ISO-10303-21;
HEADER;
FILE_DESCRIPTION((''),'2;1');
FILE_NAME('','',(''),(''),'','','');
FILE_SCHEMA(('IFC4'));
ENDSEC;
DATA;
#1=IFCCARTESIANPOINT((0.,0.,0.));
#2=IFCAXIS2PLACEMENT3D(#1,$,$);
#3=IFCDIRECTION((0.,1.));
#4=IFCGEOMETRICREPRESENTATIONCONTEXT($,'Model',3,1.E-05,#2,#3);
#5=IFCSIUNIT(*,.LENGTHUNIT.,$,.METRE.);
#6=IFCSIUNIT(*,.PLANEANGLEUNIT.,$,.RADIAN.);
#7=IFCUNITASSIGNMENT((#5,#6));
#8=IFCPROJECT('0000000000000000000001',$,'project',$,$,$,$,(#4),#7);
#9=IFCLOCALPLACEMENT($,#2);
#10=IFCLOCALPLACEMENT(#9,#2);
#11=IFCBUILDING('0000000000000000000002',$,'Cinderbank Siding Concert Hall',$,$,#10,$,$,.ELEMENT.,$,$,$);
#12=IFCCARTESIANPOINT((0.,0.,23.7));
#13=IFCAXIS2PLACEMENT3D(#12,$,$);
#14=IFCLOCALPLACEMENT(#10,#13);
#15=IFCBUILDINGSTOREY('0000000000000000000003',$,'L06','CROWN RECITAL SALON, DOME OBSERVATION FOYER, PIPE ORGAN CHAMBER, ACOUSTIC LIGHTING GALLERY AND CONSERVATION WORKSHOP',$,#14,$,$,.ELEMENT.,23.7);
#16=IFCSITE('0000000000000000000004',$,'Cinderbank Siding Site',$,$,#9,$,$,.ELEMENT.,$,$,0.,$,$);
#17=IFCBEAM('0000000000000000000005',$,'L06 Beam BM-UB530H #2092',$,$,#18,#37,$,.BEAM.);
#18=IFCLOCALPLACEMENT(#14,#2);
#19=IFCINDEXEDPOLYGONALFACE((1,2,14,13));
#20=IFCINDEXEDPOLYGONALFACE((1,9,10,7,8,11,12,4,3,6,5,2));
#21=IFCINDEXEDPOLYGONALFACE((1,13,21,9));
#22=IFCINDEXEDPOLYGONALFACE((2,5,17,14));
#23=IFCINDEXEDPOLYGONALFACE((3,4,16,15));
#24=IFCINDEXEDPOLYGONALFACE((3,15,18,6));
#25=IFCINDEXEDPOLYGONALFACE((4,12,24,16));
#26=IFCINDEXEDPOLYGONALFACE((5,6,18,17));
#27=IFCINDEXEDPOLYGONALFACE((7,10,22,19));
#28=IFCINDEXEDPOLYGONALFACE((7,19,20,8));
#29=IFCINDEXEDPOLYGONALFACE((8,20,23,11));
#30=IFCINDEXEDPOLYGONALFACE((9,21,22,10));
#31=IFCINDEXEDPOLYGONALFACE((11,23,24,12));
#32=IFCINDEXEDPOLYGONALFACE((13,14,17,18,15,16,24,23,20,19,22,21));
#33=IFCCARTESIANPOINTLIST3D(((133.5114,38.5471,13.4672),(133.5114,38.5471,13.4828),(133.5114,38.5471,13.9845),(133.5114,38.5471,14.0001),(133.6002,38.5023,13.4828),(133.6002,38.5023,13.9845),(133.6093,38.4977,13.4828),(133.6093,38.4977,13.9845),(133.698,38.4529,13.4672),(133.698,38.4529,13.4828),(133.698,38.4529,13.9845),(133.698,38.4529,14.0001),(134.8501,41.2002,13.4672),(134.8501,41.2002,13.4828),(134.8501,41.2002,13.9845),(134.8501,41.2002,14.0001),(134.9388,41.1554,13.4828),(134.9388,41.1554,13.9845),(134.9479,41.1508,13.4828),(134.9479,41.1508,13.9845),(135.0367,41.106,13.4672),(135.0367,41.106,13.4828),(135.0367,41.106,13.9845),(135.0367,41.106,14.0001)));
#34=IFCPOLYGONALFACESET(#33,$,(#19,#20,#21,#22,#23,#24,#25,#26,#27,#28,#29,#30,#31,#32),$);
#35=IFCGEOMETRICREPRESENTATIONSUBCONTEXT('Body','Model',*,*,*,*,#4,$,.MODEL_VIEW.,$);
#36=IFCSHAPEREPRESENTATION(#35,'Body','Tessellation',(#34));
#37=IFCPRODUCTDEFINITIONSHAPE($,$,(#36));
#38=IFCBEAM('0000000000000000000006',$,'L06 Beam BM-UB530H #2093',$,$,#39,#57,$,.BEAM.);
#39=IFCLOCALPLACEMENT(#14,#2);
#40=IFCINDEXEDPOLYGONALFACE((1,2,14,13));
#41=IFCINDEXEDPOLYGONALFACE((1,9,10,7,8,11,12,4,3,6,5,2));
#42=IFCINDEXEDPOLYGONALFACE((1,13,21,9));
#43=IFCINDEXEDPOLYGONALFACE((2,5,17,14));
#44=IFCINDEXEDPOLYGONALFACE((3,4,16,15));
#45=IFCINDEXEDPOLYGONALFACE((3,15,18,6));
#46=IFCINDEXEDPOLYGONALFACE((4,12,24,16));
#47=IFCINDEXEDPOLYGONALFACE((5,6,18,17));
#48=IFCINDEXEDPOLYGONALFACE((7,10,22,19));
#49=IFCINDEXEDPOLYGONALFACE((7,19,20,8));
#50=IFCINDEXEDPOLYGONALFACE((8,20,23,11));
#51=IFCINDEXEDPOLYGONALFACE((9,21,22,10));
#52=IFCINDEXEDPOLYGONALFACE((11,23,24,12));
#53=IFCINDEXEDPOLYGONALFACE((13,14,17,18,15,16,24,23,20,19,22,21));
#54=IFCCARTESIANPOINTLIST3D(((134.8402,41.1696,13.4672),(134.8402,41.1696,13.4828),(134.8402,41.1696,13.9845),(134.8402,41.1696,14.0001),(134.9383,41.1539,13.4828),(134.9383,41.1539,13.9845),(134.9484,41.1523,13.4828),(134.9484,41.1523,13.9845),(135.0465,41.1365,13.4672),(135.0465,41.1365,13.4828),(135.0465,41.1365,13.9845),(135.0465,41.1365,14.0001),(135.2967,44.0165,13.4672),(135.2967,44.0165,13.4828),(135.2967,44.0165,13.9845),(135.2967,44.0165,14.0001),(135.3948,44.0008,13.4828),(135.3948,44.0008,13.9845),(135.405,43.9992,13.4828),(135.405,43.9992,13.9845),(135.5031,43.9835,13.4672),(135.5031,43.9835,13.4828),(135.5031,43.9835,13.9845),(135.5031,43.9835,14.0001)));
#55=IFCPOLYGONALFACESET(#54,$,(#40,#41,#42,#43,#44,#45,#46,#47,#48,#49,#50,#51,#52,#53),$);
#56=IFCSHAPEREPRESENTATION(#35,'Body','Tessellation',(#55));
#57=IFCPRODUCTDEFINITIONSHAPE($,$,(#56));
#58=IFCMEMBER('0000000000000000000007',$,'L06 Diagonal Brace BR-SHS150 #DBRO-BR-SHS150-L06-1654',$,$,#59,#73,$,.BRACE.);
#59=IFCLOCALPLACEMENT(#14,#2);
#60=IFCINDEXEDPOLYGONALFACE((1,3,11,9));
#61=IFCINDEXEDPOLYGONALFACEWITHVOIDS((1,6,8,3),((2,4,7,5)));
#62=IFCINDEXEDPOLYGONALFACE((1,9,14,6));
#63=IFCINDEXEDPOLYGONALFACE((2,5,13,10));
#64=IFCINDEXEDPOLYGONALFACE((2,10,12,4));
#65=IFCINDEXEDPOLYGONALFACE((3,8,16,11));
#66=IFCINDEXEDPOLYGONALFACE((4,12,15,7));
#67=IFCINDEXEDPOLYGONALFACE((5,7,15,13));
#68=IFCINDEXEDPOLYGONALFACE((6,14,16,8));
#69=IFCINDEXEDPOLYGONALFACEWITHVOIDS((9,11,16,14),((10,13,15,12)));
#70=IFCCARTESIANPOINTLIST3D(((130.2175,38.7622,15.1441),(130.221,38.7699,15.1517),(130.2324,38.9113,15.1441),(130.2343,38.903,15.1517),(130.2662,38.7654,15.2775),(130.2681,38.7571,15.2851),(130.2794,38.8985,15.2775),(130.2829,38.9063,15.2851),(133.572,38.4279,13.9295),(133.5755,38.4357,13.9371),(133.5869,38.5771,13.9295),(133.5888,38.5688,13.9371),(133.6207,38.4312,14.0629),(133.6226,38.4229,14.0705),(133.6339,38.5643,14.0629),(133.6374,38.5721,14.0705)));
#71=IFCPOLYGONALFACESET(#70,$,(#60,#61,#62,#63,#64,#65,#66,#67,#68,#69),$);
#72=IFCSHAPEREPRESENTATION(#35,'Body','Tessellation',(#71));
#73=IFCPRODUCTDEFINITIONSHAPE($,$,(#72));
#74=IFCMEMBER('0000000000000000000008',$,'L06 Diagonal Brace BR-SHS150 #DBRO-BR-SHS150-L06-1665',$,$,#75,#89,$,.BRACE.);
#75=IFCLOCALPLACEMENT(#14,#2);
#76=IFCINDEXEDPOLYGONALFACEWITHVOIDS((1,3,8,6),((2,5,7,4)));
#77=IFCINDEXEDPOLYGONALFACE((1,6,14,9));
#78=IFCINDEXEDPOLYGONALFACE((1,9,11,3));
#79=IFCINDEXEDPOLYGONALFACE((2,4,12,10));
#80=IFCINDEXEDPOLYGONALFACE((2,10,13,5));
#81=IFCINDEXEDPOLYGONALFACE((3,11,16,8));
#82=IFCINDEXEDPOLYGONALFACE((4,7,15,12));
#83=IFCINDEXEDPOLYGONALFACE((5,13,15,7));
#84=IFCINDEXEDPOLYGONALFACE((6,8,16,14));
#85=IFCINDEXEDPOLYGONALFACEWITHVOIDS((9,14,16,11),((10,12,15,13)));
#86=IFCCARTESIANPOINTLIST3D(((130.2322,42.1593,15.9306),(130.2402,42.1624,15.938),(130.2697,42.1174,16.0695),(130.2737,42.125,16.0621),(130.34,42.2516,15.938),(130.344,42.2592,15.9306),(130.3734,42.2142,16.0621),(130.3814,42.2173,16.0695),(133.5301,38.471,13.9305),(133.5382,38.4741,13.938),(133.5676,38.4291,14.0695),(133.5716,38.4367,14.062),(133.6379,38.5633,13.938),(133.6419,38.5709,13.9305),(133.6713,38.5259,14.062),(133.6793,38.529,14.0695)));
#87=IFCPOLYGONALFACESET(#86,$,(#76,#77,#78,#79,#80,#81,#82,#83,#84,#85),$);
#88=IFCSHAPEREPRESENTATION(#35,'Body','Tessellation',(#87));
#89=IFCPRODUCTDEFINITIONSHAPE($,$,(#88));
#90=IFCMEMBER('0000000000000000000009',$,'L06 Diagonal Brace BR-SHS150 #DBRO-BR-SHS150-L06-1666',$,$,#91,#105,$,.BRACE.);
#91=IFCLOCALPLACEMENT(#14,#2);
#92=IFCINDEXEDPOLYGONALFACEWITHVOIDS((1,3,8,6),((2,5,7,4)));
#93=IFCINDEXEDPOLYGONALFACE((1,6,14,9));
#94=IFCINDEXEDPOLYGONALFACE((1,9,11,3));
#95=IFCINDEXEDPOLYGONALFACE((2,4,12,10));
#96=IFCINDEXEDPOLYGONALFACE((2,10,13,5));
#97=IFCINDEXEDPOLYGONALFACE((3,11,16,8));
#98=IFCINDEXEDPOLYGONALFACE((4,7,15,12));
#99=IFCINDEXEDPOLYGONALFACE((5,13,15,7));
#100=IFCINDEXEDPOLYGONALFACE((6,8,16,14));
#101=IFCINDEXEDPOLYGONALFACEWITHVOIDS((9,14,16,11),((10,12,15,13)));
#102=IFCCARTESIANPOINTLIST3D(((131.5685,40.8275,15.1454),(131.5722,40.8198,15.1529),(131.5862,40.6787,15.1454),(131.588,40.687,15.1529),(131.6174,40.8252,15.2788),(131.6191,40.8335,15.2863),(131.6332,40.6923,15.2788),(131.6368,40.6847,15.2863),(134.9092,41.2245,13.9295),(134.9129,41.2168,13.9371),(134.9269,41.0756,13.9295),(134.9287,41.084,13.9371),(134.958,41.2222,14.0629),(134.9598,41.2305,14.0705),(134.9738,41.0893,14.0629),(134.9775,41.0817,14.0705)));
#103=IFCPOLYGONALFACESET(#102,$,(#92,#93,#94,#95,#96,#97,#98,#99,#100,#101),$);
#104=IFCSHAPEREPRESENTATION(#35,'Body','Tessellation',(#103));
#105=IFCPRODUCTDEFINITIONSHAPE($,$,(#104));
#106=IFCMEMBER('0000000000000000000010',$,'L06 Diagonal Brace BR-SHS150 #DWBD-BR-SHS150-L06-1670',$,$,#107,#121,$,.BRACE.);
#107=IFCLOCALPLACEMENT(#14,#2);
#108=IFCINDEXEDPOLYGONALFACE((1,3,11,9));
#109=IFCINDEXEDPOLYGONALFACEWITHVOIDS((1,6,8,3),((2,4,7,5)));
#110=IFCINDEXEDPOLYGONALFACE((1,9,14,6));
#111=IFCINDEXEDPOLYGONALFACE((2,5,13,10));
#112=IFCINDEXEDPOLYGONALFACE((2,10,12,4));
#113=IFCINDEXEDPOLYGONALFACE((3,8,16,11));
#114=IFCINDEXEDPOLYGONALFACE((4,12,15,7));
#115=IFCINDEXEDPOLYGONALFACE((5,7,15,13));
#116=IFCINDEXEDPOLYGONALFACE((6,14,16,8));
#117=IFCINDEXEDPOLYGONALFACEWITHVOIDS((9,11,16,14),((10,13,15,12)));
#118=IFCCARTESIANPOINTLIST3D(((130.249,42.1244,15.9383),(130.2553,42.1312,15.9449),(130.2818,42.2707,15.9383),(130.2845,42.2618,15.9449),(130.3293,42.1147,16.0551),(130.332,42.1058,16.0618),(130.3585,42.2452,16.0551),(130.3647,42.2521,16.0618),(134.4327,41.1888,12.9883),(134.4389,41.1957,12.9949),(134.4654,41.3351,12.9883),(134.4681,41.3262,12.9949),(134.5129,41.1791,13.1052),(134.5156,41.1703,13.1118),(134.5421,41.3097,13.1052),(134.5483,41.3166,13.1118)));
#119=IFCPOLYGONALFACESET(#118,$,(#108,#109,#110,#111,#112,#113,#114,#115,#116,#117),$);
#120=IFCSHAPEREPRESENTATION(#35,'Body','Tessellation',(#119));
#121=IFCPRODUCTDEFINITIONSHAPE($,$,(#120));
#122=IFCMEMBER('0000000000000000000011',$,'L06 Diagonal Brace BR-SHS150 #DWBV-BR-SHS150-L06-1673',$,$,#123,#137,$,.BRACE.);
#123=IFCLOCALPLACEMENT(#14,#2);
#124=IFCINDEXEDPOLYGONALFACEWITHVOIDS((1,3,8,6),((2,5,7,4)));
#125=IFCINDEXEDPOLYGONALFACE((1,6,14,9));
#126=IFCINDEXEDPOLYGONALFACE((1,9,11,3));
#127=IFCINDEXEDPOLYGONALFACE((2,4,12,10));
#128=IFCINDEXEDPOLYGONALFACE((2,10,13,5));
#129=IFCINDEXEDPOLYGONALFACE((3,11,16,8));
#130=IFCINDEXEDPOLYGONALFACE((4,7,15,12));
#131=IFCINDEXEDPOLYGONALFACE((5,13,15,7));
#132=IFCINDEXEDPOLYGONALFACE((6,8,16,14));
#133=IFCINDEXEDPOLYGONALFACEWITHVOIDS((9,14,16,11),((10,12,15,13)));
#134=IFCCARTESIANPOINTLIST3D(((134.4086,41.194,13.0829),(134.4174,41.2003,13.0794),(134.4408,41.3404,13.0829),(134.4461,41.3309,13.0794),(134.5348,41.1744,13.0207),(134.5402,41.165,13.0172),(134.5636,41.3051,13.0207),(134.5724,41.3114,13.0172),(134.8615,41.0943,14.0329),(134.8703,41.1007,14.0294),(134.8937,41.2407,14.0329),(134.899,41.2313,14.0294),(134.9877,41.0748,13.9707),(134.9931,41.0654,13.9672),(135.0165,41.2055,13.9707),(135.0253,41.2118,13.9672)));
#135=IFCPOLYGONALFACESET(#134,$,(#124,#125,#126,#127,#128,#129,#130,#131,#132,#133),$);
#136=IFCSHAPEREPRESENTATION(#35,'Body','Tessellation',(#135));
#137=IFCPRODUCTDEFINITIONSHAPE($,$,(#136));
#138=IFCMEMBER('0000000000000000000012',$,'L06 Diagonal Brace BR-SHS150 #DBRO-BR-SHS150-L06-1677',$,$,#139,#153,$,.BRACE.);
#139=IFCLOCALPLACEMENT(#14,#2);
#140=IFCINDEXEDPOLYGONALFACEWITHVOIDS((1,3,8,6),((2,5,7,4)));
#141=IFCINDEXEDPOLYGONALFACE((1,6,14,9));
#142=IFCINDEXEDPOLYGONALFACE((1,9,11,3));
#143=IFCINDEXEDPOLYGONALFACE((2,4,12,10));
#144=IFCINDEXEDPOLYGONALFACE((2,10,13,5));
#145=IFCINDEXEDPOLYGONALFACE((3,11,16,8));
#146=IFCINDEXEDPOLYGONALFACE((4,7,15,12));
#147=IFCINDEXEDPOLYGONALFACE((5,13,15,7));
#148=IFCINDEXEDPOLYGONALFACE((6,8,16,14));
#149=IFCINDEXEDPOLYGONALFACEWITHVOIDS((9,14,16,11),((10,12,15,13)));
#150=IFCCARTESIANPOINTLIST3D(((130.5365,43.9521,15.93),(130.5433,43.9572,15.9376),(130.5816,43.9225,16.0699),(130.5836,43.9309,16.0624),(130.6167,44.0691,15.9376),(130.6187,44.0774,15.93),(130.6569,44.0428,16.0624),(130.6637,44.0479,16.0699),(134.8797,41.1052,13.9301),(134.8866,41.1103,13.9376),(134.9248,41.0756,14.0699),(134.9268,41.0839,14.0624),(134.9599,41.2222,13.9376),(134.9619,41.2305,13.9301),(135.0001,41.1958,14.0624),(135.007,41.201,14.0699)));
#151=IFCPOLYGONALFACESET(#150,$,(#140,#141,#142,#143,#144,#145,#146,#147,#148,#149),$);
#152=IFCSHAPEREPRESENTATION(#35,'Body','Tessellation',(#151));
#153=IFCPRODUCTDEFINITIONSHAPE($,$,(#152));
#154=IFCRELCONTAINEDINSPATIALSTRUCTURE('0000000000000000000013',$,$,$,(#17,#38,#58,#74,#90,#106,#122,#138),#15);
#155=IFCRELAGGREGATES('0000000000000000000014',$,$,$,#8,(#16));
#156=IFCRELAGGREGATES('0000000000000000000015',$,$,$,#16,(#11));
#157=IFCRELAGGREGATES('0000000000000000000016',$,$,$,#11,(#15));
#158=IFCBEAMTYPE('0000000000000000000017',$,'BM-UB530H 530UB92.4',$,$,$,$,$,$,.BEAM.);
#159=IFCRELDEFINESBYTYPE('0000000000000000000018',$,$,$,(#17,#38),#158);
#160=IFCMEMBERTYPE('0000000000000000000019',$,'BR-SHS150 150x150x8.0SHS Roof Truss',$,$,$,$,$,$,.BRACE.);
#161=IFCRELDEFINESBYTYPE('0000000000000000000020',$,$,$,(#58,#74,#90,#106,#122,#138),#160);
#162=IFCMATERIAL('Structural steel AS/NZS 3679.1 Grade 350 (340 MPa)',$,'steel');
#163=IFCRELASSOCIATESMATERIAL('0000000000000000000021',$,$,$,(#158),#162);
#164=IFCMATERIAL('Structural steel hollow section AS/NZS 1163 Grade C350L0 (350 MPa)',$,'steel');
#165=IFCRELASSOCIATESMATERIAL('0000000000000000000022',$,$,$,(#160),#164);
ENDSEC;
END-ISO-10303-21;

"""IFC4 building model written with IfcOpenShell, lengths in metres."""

from ifc_helpers import new_model, si_unit, direction, frame, origin, origin_2d, place, context, subcontext, project, spatial, hollow_rectangle, i_section, extrude, material, material_profile, profile_set, type_object, element, save


model = new_model("IFC4")

# Units and contexts
model_context = context("Model", 3, precision=1e-05, world=origin(), true_north=direction((0.0, 1.0)))
body_context = subcontext(model_context, "Body", "Model", "MODEL_VIEW")
ifc_project = project(units=[si_unit("LENGTHUNIT", "METRE"), si_unit("PLANEANGLEUNIT", "RADIAN")], contexts=[model_context])

# Site, building, storey
site_placement = place(None, origin())
site = spatial("IfcSite", under=ifc_project, at=site_placement, Name="Cinderbank Siding Site", CompositionType="ELEMENT", RefElevation=0.0)
building_placement = place(site_placement, origin())
building = spatial("IfcBuilding", under=site, at=building_placement, Name="Cinderbank Siding Concert Hall", CompositionType="ELEMENT")
storey_placement = place(building_placement, frame((0.0, 0.0, 23.7)))
storey = spatial("IfcBuildingStorey", under=building, at=storey_placement, Name="L06", Description="CROWN RECITAL SALON, DOME OBSERVATION FOYER, PIPE ORGAN CHAMBER, ACOUSTIC LIGHTING GALLERY AND CONSERVATION WORKSHOP", CompositionType="ELEMENT", Elevation=23.7)

# Beams
ifc_material_1 = material(Name="Structural steel AS/NZS 3679.1 Grade 350 (340 MPa)", Category="steel")
ifc_material_profile_1 = material_profile(ifc_material_1, i_section(OverallWidth=0.209, OverallDepth=0.533, WebThickness=0.0103, FlangeThickness=0.0156, at=origin_2d()), Name="530UB92.4", Category="LoadBearing")
ifc_profile_set_1 = profile_set([ifc_material_profile_1], Name="Structural steel AS/NZS 3679.1 Grade 350 (340 MPa)")
beam_type = type_object("IfcBeamType", Name="BM-UB530H 530UB92.4", PredefinedType="BEAM", material=ifc_profile_set_1)
beam_1_placement = place(storey_placement, frame((133.6047, 38.5, 13.7336), z_axis=(0.450464, 0.892795, 0.0), x_axis=(-0.892795, 0.450464, 0.0)))
element("IfcBeam", 1, at=beam_1_placement, inside=storey, type_object=beam_type, Name="L06 Beam BM-UB530H #2092", PredefinedType="BEAM", context=body_context, shape_type="SweptSolid", body=[
    extrude(i_section(OverallWidth=0.209, OverallDepth=0.533, WebThickness=0.0103, FlangeThickness=0.0156, at=origin_2d()), origin(), (0.0, 0.0, 1.0), 2.9717),
])
beam_2_placement = place(storey_placement, frame((134.9434, 41.1531, 13.7336), z_axis=(0.158341, 0.987385, 0.0), x_axis=(-0.987385, 0.158341, 0.0)))
element("IfcBeam", 2, at=beam_2_placement, inside=storey, type_object=beam_type, Name="L06 Beam BM-UB530H #2093", PredefinedType="BEAM", context=body_context, shape_type="SweptSolid", body=[
    extrude(i_section(OverallWidth=0.209, OverallDepth=0.533, WebThickness=0.0103, FlangeThickness=0.0156, at=origin_2d()), origin(), (0.0, 0.0, 1.0), 2.8833),
])

# Members
ifc_material_2 = material(Name="Structural steel hollow section AS/NZS 1163 Grade C350L0 (350 MPa)", Category="steel")
ifc_material_profile_2 = material_profile(ifc_material_2, hollow_rectangle(XDim=0.1499, YDim=0.1499, WallThickness=0.0081, at=origin_2d()), Name="150x150x8.0SHS", Category="LoadBearing")
ifc_profile_set_2 = profile_set([ifc_material_profile_2], Name="Structural steel hollow section AS/NZS 1163 Grade C350L0 (350 MPa)")
member_type_1 = type_object("IfcMemberType", Name="BR-SHS150 150x150x8.0SHS Roof Truss", PredefinedType="BRACE", material=ifc_profile_set_2)
member_1_placement = place(storey_placement, frame((133.6047, 38.5, 14.0), z_axis=(-0.936163, 0.093276, 0.338967), x_axis=(-0.099145, -0.995073, 0.0)))
element("IfcMember", 3, at=member_1_placement, inside=storey, type_object=member_type_1, Name="L06 Diagonal Brace BR-SHS150 #DBRO-BR-SHS150-L06-1654", PredefinedType="BRACE", context=body_context, shape_type="SweptSolid", body=[
    extrude(hollow_rectangle(XDim=0.1499, YDim=0.1499, WallThickness=0.0081, at=origin_2d()), origin(), (0.0, 0.0, 1.0), 3.5833),
])
member_2_placement = place(storey_placement, frame((133.6047, 38.5, 14.0), z_axis=(-0.617973, 0.691125, 0.374773), x_axis=(-0.745457, -0.666554, 0.0)))
element("IfcMember", 4, at=member_2_placement, inside=storey, type_object=member_type_1, Name="L06 Diagonal Brace BR-SHS150 #DBRO-BR-SHS150-L06-1665", PredefinedType="BRACE", context=body_context, shape_type="SweptSolid", body=[
    extrude(hollow_rectangle(XDim=0.1499, YDim=0.1499, WallThickness=0.0081, at=origin_2d()), origin(), (0.0, 0.0, 1.0), 5.3367),
])
member_3_placement = place(storey_placement, frame((134.9434, 41.1531, 14.0), z_axis=(-0.933893, -0.110978, 0.339895), x_axis=(0.118003, -0.993013, 0.0)))
element("IfcMember", 5, at=member_3_placement, inside=storey, type_object=member_type_1, Name="L06 Diagonal Brace BR-SHS150 #DBRO-BR-SHS150-L06-1666", PredefinedType="BRACE", context=body_context, shape_type="SweptSolid", body=[
    extrude(hollow_rectangle(XDim=0.1499, YDim=0.1499, WallThickness=0.0081, at=origin_2d()), origin(), (0.0, 0.0, 1.0), 3.5771),
])
member_4_placement = place(storey_placement, frame((134.4905, 41.2527, 13.05), z_axis=(-0.803944, 0.17978, 0.56688), x_axis=(-0.218233, -0.975897, 0.0)))
element("IfcMember", 6, at=member_4_placement, inside=storey, type_object=member_type_1, Name="L06 Diagonal Brace BR-SHS150 #DWBD-BR-SHS150-L06-1670", PredefinedType="BRACE", context=body_context, shape_type="SweptSolid", body=[
    extrude(hollow_rectangle(XDim=0.1499, YDim=0.1499, WallThickness=0.0081, at=origin_2d()), origin(), (0.0, 0.0, 1.0), 5.2039),
])
member_5_placement = place(storey_placement, frame((134.4905, 41.2527, 13.05), z_axis=(0.428424, -0.09423, 0.898651), x_axis=(0.214812, 0.976656, 0.0)))
element("IfcMember", 7, at=member_5_placement, inside=storey, type_object=member_type_1, Name="L06 Diagonal Brace BR-SHS150 #DWBV-BR-SHS150-L06-1673", PredefinedType="BRACE", context=body_context, shape_type="SweptSolid", body=[
    extrude(hollow_rectangle(XDim=0.1499, YDim=0.1499, WallThickness=0.0081, at=origin_2d()), origin(), (0.0, 0.0, 1.0), 1.0571),
])
member_6_placement = place(storey_placement, frame((134.9434, 41.1531, 14.0), z_axis=(-0.780464, 0.511579, 0.359391), x_axis=(-0.548207, -0.836343, 0.0)))
element("IfcMember", 8, at=member_6_placement, inside=storey, type_object=member_type_1, Name="L06 Diagonal Brace BR-SHS150 #DBRO-BR-SHS150-L06-1677", PredefinedType="BRACE", context=body_context, shape_type="SweptSolid", body=[
    extrude(hollow_rectangle(XDim=0.1499, YDim=0.1499, WallThickness=0.0081, at=origin_2d()), origin(), (0.0, 0.0, 1.0), 5.5649),
])

save(model, "model.ifc")
